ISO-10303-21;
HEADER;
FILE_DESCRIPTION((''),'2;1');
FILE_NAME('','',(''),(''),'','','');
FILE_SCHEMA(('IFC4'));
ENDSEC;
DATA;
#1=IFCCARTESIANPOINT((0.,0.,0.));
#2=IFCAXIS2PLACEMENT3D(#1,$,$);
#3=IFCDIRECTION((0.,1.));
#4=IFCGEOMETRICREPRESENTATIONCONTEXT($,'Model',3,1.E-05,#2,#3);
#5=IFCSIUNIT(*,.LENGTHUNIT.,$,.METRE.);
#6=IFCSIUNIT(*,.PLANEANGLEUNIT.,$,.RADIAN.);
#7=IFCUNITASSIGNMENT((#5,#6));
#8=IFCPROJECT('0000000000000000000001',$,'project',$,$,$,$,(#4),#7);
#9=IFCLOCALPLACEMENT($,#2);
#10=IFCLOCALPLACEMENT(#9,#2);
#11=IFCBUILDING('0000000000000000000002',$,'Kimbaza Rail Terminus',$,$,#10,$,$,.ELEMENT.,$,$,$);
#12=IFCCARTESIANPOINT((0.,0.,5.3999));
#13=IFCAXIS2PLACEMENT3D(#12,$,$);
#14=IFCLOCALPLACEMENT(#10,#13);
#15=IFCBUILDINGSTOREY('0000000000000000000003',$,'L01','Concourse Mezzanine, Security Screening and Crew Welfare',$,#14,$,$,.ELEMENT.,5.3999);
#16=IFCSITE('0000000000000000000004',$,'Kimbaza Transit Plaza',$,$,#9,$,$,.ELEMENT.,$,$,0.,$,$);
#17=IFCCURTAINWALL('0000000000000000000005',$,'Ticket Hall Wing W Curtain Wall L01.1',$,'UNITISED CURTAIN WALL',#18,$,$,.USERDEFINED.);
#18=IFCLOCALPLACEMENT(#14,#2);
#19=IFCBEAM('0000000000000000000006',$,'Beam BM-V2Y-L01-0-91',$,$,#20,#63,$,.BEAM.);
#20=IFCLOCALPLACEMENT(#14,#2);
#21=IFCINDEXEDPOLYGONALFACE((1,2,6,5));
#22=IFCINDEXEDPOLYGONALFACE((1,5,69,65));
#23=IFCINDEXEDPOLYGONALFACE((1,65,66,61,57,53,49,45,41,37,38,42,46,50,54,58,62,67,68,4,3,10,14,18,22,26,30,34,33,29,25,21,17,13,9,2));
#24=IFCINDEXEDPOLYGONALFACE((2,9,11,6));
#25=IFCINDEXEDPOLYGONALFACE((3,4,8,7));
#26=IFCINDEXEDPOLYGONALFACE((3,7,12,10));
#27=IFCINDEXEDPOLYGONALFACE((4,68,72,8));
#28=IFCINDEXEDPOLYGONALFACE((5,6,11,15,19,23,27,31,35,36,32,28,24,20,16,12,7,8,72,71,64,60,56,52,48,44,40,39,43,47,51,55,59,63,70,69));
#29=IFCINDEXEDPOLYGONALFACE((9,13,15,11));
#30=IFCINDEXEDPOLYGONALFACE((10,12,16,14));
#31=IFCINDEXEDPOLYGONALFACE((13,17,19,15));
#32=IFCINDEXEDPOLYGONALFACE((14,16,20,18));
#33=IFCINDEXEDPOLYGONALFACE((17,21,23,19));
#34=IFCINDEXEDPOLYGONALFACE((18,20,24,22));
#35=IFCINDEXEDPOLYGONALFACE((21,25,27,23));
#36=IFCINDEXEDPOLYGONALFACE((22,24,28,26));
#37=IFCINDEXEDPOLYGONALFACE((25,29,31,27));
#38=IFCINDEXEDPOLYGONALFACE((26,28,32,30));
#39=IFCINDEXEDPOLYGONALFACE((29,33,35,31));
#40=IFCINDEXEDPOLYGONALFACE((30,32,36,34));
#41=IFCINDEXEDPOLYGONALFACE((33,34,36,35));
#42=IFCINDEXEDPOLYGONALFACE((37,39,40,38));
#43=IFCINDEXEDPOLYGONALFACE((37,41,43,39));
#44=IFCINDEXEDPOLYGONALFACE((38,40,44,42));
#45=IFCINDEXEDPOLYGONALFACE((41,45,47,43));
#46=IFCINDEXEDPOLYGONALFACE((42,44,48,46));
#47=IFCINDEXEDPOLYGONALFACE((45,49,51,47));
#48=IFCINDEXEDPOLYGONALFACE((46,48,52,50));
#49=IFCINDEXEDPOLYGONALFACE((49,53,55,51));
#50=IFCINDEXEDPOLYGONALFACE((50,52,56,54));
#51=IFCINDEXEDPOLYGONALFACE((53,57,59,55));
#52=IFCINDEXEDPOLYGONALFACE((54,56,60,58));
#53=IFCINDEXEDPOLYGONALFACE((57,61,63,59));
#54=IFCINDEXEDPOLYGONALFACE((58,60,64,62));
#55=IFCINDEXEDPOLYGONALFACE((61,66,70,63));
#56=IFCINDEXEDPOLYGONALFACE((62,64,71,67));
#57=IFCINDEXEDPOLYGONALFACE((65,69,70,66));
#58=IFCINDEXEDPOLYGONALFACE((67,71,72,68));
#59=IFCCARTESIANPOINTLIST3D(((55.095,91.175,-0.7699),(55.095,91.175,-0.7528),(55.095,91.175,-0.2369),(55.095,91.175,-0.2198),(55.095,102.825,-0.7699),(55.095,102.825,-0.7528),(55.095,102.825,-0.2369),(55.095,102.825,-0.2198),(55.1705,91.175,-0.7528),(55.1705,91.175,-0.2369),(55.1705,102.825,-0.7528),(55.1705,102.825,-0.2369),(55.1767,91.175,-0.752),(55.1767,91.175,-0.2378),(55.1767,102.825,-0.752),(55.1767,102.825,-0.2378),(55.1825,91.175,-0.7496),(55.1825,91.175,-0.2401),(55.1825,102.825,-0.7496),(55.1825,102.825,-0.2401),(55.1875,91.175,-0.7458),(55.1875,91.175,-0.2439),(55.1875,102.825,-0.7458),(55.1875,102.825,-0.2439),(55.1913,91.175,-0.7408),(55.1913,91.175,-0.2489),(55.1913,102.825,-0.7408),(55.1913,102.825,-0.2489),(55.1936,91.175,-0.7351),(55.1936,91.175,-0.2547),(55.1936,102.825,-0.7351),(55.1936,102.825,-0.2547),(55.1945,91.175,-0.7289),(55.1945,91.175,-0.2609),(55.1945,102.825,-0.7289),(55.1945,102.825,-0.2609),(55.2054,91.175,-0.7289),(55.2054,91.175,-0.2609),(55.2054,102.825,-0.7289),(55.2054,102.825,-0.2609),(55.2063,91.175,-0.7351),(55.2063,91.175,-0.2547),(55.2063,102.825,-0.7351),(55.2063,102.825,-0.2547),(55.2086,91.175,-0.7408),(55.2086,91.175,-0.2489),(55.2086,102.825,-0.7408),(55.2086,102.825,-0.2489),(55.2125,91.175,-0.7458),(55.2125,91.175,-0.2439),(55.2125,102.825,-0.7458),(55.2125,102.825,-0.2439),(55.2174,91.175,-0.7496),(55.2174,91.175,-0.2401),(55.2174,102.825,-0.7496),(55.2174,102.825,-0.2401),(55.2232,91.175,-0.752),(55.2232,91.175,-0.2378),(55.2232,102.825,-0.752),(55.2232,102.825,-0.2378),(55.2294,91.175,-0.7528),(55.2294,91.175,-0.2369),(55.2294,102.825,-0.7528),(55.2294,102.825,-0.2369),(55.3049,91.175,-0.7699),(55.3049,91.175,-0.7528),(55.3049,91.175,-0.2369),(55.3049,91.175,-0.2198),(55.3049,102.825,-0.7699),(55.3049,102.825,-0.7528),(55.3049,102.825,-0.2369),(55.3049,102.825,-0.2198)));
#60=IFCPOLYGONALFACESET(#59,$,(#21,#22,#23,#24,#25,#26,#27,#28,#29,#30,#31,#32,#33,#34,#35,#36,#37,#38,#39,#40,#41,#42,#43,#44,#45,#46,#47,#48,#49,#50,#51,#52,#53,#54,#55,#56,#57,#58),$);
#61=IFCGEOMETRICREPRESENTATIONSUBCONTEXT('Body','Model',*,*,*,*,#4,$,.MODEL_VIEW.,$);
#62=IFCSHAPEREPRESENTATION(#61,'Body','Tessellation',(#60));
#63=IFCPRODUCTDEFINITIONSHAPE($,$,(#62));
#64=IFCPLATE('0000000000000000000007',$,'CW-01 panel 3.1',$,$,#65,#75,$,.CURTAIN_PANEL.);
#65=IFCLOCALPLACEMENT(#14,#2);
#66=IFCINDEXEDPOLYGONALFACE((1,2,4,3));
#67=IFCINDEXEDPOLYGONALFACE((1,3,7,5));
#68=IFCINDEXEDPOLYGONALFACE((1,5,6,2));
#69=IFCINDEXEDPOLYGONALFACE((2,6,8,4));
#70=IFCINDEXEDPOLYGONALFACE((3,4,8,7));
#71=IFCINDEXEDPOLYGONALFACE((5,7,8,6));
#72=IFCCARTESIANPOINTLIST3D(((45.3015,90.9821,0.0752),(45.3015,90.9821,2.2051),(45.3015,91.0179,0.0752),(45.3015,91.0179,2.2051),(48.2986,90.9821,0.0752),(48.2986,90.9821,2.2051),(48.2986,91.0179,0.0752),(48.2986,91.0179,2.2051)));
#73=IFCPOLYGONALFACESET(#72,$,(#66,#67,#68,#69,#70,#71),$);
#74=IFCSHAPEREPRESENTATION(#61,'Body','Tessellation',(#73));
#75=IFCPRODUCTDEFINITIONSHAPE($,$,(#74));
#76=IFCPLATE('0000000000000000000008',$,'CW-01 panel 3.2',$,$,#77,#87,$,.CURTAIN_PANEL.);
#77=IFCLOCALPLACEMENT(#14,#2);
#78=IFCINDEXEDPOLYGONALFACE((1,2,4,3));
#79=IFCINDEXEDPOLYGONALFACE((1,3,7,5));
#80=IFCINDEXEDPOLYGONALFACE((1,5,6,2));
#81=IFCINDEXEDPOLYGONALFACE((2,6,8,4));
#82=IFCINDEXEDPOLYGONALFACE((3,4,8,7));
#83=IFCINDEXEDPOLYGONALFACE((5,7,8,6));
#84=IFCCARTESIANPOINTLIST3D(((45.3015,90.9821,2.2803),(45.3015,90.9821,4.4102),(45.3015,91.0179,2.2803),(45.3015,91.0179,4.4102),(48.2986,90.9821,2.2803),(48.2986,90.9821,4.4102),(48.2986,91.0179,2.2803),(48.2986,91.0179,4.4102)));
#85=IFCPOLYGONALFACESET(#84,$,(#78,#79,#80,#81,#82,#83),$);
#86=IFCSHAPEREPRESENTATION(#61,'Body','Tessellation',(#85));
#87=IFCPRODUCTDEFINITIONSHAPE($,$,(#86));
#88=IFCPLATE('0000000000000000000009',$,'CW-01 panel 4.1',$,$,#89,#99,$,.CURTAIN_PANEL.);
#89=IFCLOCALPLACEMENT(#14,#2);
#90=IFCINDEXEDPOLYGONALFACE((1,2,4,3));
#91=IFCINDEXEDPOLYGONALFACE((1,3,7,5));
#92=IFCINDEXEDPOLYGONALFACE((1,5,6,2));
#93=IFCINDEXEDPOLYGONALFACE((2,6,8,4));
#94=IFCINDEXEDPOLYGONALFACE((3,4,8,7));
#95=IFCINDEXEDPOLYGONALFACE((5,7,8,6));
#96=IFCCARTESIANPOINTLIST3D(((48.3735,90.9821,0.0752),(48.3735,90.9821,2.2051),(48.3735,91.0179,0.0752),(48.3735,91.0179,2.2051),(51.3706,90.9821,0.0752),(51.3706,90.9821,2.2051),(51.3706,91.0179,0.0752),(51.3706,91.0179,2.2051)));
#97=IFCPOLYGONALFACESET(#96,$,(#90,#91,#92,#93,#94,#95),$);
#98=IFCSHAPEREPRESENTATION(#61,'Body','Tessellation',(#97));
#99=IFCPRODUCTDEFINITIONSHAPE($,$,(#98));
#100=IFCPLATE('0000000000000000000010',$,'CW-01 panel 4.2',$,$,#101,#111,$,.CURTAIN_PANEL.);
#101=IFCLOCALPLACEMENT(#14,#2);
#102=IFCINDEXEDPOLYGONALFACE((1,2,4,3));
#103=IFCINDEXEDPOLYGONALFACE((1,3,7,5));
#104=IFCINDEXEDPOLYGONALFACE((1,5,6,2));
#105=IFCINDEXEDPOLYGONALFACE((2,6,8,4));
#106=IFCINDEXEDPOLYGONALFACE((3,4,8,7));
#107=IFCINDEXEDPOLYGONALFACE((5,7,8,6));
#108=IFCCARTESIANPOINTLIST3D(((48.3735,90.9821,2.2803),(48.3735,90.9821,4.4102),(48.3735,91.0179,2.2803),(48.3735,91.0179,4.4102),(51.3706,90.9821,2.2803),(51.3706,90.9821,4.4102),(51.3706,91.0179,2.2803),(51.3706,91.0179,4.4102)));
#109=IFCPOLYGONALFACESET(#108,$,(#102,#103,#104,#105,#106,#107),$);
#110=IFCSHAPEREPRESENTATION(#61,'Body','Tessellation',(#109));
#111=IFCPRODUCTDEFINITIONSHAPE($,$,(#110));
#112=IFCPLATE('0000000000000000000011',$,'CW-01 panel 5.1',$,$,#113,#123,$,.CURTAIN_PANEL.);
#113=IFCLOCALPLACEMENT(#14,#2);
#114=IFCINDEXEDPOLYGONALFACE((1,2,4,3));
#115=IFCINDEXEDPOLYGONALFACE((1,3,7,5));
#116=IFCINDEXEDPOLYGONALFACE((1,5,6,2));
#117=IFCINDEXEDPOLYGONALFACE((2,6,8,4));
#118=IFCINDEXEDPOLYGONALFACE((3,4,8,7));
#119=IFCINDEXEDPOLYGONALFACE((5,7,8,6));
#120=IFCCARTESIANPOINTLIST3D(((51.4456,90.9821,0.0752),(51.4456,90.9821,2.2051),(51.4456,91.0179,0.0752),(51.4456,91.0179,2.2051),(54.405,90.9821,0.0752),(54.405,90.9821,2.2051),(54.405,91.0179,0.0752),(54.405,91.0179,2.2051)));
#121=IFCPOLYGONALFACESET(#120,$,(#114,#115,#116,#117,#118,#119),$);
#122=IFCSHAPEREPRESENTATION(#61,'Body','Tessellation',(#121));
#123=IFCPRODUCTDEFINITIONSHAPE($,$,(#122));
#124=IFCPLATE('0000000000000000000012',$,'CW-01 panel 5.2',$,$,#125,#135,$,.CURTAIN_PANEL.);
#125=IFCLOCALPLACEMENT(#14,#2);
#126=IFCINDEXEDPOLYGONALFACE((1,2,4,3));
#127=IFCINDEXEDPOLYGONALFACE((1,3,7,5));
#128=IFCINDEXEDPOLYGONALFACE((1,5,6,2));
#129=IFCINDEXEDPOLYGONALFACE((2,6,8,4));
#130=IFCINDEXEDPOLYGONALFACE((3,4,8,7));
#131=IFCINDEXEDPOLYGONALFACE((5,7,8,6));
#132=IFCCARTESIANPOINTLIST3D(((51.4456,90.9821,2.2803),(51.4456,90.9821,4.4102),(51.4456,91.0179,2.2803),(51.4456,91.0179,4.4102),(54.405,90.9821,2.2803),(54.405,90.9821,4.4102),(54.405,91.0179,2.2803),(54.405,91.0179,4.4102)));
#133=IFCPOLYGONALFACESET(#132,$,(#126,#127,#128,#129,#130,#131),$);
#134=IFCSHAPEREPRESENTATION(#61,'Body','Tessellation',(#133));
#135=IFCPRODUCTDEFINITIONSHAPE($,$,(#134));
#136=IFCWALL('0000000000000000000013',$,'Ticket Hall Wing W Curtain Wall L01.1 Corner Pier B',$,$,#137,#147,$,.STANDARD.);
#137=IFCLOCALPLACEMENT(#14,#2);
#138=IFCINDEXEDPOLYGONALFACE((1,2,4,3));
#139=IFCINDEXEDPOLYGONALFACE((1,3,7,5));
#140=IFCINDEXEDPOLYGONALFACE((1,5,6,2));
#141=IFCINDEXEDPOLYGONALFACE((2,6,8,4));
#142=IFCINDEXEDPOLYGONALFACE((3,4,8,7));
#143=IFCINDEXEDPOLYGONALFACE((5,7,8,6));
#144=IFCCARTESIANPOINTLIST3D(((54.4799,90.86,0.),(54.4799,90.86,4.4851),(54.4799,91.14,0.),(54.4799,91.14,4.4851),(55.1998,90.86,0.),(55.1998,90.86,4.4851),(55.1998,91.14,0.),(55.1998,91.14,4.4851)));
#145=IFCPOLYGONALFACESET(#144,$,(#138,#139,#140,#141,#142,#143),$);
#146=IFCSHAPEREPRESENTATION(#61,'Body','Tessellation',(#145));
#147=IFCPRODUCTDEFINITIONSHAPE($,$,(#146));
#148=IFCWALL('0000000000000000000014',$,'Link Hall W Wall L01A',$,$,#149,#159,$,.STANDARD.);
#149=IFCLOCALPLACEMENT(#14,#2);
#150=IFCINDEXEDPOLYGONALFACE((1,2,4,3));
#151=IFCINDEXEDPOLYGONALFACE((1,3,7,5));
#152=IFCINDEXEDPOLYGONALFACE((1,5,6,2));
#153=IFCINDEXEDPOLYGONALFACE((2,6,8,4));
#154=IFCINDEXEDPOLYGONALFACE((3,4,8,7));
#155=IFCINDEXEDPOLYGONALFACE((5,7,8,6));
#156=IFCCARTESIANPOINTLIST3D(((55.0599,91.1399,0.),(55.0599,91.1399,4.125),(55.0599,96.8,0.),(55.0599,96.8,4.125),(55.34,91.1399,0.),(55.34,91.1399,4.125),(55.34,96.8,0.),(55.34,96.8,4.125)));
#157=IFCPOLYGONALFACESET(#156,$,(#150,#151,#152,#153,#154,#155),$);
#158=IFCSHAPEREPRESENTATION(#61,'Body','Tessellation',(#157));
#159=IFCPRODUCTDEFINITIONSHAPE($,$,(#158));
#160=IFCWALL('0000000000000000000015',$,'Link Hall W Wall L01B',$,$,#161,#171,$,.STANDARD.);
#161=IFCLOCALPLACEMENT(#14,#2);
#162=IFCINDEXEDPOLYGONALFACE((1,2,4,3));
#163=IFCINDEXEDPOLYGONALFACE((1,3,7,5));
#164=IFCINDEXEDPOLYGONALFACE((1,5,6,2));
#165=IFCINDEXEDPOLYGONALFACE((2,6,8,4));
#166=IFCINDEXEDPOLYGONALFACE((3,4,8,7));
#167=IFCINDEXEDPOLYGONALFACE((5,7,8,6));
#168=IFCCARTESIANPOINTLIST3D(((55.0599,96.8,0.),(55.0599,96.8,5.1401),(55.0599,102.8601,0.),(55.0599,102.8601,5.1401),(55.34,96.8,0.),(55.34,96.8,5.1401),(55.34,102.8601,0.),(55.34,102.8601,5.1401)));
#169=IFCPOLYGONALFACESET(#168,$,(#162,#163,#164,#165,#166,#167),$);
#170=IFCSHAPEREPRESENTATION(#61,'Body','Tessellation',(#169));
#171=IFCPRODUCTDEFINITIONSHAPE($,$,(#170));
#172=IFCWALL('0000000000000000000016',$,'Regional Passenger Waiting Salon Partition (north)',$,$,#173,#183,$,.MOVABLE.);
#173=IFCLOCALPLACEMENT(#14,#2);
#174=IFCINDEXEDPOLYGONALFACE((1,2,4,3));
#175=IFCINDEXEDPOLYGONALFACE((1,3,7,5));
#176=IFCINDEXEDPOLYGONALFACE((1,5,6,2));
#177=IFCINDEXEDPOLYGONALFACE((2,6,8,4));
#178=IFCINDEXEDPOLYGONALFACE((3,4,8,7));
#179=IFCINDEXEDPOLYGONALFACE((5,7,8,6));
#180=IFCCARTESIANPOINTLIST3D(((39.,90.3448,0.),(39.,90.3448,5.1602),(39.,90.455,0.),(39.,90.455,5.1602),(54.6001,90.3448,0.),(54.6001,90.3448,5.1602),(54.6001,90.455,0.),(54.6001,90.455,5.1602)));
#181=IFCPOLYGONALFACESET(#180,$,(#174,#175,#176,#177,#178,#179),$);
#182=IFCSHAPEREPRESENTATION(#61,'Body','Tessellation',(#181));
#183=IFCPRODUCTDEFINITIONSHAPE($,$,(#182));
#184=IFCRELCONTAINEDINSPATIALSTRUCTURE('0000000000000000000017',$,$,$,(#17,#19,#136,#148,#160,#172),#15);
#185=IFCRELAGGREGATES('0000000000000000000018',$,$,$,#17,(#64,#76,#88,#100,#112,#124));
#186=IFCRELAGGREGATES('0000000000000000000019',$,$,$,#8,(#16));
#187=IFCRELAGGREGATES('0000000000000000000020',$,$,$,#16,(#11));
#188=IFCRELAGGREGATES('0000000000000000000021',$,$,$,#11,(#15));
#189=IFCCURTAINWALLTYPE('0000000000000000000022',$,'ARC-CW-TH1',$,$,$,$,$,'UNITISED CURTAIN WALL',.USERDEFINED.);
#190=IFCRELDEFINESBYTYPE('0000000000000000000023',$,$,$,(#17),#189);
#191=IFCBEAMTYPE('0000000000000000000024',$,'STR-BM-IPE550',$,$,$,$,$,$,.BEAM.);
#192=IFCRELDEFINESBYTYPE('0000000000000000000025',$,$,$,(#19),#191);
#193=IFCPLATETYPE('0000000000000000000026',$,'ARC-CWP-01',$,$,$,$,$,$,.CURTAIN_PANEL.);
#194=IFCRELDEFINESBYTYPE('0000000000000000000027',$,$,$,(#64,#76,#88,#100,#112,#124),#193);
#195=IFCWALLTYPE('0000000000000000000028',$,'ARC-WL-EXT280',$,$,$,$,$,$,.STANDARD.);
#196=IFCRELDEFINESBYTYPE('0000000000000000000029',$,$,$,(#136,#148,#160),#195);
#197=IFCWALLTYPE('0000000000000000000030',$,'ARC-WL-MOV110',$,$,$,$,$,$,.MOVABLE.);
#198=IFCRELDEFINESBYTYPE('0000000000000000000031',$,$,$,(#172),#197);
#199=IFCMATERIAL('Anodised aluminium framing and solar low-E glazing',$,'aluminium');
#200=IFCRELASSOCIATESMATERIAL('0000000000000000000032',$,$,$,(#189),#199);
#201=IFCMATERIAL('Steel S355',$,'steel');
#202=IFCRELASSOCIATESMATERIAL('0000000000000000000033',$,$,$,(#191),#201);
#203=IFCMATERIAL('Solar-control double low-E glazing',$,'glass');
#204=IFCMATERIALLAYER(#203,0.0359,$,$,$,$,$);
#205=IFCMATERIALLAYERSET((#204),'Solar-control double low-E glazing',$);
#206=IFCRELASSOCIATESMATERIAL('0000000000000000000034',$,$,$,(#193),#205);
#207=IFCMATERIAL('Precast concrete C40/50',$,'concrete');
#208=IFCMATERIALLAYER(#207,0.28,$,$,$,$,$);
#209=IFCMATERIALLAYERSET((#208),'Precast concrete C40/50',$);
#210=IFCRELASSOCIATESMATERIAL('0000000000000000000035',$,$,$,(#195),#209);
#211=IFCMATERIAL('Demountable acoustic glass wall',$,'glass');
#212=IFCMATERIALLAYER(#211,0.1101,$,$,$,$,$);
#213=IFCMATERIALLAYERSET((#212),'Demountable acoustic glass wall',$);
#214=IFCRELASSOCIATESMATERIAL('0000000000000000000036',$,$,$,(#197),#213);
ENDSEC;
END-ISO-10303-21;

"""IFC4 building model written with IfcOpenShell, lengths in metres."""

from ifc_helpers import new_model, si_unit, direction, frame, frame_2d, origin, origin_2d, place, context, subcontext, project, spatial, rectangle, i_section, extrude, material, layer, layer_set, material_profile, profile_set, type_object, element, aggregate, save


model = new_model("IFC4")

# Units and contexts
model_context = context("Model", 3, precision=1e-05, world=origin(), true_north=direction((0.0, 1.0)))
body_context = subcontext(model_context, "Body", "Model", "MODEL_VIEW")
ifc_project = project(units=[si_unit("LENGTHUNIT", "METRE"), si_unit("PLANEANGLEUNIT", "RADIAN")], contexts=[model_context])

# Site, building, storey
site_placement = place(None, origin())
site = spatial("IfcSite", under=ifc_project, at=site_placement, Name="Kimbaza Transit Plaza", CompositionType="ELEMENT", RefElevation=0.0)
building_placement = place(site_placement, origin())
building = spatial("IfcBuilding", under=site, at=building_placement, Name="Kimbaza Rail Terminus", CompositionType="ELEMENT")
storey_placement = place(building_placement, frame((0.0, 0.0, 5.3999)))
storey = spatial("IfcBuildingStorey", under=building, at=storey_placement, Name="L01", Description="Concourse Mezzanine, Security Screening and Crew Welfare", CompositionType="ELEMENT", Elevation=5.3999)

# Curtain wall
ifc_material_1 = material(Name="Anodised aluminium framing and solar low-E glazing", Category="aluminium")
curtain_wall_type = type_object("IfcCurtainWallType", Name="ARC-CW-TH1", ElementType="UNITISED CURTAIN WALL", PredefinedType="USERDEFINED", material=ifc_material_1)
curtain_wall_placement = place(storey_placement, origin())
curtain_wall = element("IfcCurtainWall", 1, at=curtain_wall_placement, inside=storey, type_object=curtain_wall_type, Name="Ticket Hall Wing W Curtain Wall L01.1", ObjectType="UNITISED CURTAIN WALL", PredefinedType="USERDEFINED")

# Beam
ifc_material_2 = material(Name="Steel S355", Category="steel")
ifc_material_profile_1 = material_profile(ifc_material_2, i_section(OverallWidth=0.21, OverallDepth=0.55, WebThickness=0.011, FlangeThickness=0.0171, FilletRadius=0.0239, at=origin_2d()), Name="IPE 550")
ifc_profile_set_1 = profile_set([ifc_material_profile_1], Name="Steel S355")
beam_type_1 = type_object("IfcBeamType", Name="STR-BM-IPE550", PredefinedType="BEAM", material=ifc_profile_set_1)
beam_1_placement = place(storey_placement, frame((55.2, 91.175, -0.4949), z_axis=(0.0, 1.0, 0.0), x_axis=(-1.0, 0.0, 0.0)))
element("IfcBeam", 2, at=beam_1_placement, inside=storey, type_object=beam_type_1, Name="Beam BM-V2Y-L01-0-91", PredefinedType="BEAM", context=body_context, shape_type="SweptSolid", body=[
    extrude(i_section(OverallWidth=0.21, OverallDepth=0.55, WebThickness=0.011, FlangeThickness=0.0171, FilletRadius=0.0239, at=origin_2d()), origin(), (0.0, 0.0, 1.0), 11.6499),
])

# Plates
ifc_material_3 = material(Name="Solar-control double low-E glazing", Category="glass")
ifc_layer_1 = layer(ifc_material_3, 0.0359)
ifc_layer_set_1 = layer_set([ifc_layer_1], Name="Solar-control double low-E glazing")
plate_type = type_object("IfcPlateType", Name="ARC-CWP-01", PredefinedType="CURTAIN_PANEL", material=ifc_layer_set_1)
plate_1_placement = place(storey_placement, frame((46.8, 91.0, 0.0752), z_axis=(0.0, 0.0, 1.0), x_axis=(1.0, 0.0, 0.0)))
plate_1 = element("IfcPlate", 3, at=plate_1_placement, type_object=plate_type, Name="CW-01 panel 3.1", PredefinedType="CURTAIN_PANEL", context=body_context, shape_type="SweptSolid", body=[
    extrude(rectangle(XDim=2.9971, YDim=0.0359, at=origin_2d()), origin(), (0.0, 0.0, 1.0), 2.1299),
])
plate_2_placement = place(storey_placement, frame((46.8, 91.0, 2.2803), z_axis=(0.0, 0.0, 1.0), x_axis=(1.0, 0.0, 0.0)))
plate_2 = element("IfcPlate", 4, at=plate_2_placement, type_object=plate_type, Name="CW-01 panel 3.2", PredefinedType="CURTAIN_PANEL", context=body_context, shape_type="SweptSolid", body=[
    extrude(rectangle(XDim=2.9971, YDim=0.0359, at=origin_2d()), origin(), (0.0, 0.0, 1.0), 2.1299),
])
plate_3_placement = place(storey_placement, frame((49.8721, 91.0, 0.0752), z_axis=(0.0, 0.0, 1.0), x_axis=(1.0, 0.0, 0.0)))
plate_3 = element("IfcPlate", 5, at=plate_3_placement, type_object=plate_type, Name="CW-01 panel 4.1", PredefinedType="CURTAIN_PANEL", context=body_context, shape_type="SweptSolid", body=[
    extrude(rectangle(XDim=2.9971, YDim=0.0359, at=origin_2d()), origin(), (0.0, 0.0, 1.0), 2.1299),
])
plate_4_placement = place(storey_placement, frame((49.8721, 91.0, 2.2803), z_axis=(0.0, 0.0, 1.0), x_axis=(1.0, 0.0, 0.0)))
plate_4 = element("IfcPlate", 6, at=plate_4_placement, type_object=plate_type, Name="CW-01 panel 4.2", PredefinedType="CURTAIN_PANEL", context=body_context, shape_type="SweptSolid", body=[
    extrude(rectangle(XDim=2.9971, YDim=0.0359, at=origin_2d()), origin(), (0.0, 0.0, 1.0), 2.1299),
])
plate_5_placement = place(storey_placement, frame((52.9253, 91.0, 0.0752), z_axis=(0.0, 0.0, 1.0), x_axis=(1.0, 0.0, 0.0)))
plate_5 = element("IfcPlate", 7, at=plate_5_placement, type_object=plate_type, Name="CW-01 panel 5.1", PredefinedType="CURTAIN_PANEL", context=body_context, shape_type="SweptSolid", body=[
    extrude(rectangle(XDim=2.9595, YDim=0.0359, at=origin_2d()), origin(), (0.0, 0.0, 1.0), 2.1299),
])
plate_6_placement = place(storey_placement, frame((52.9253, 91.0, 2.2803), z_axis=(0.0, 0.0, 1.0), x_axis=(1.0, 0.0, 0.0)))
plate_6 = element("IfcPlate", 8, at=plate_6_placement, type_object=plate_type, Name="CW-01 panel 5.2", PredefinedType="CURTAIN_PANEL", context=body_context, shape_type="SweptSolid", body=[
    extrude(rectangle(XDim=2.9595, YDim=0.0359, at=origin_2d()), origin(), (0.0, 0.0, 1.0), 2.1299),
])
aggregate(curtain_wall, [plate_1, plate_2, plate_3, plate_4, plate_5, plate_6])

# Walls
ifc_material_4 = material(Name="Precast concrete C40/50", Category="concrete")
ifc_layer_2 = layer(ifc_material_4, 0.28)
ifc_layer_set_2 = layer_set([ifc_layer_2], Name="Precast concrete C40/50")
wall_type_1 = type_object("IfcWallType", Name="ARC-WL-EXT280", PredefinedType="STANDARD", material=ifc_layer_set_2)
wall_1_placement = place(storey_placement, frame((54.48, 91.0, 0.0), z_axis=(0.0, 0.0, 1.0), x_axis=(1.0, 0.0, 0.0)))
element("IfcWall", 9, at=wall_1_placement, inside=storey, type_object=wall_type_1, Name="Ticket Hall Wing W Curtain Wall L01.1 Corner Pier B", PredefinedType="STANDARD", context=body_context, shape_type="SweptSolid", body=[
    extrude(rectangle(XDim=0.72, YDim=0.28, at=frame_2d((0.3599, 0.0))), origin(), (0.0, 0.0, 1.0), 4.4851),
])
wall_2_placement = place(storey_placement, frame((55.2, 91.1399, 0.0), z_axis=(0.0, 0.0, 1.0), x_axis=(0.0, 1.0, 0.0)))
element("IfcWall", 10, at=wall_2_placement, inside=storey, type_object=wall_type_1, Name="Link Hall W Wall L01A", PredefinedType="STANDARD", context=body_context, shape_type="SweptSolid", body=[
    extrude(rectangle(XDim=5.6602, YDim=0.28, at=frame_2d((2.8301, 0.0))), origin(), (0.0, 0.0, 1.0), 4.125),
])
wall_3_placement = place(storey_placement, frame((55.2, 96.8, 0.0), z_axis=(0.0, 0.0, 1.0), x_axis=(0.0, 1.0, 0.0)))
element("IfcWall", 11, at=wall_3_placement, inside=storey, type_object=wall_type_1, Name="Link Hall W Wall L01B", PredefinedType="STANDARD", context=body_context, shape_type="SweptSolid", body=[
    extrude(rectangle(XDim=6.0601, YDim=0.28, at=frame_2d((3.03, 0.0))), origin(), (0.0, 0.0, 1.0), 5.1401),
])
ifc_material_5 = material(Name="Demountable acoustic glass wall", Category="glass")
ifc_layer_3 = layer(ifc_material_5, 0.1101)
ifc_layer_set_3 = layer_set([ifc_layer_3], Name="Demountable acoustic glass wall")
wall_type_2 = type_object("IfcWallType", Name="ARC-WL-MOV110", PredefinedType="MOVABLE", material=ifc_layer_set_3)
wall_4_placement = place(storey_placement, frame((54.6001, 90.3999, 0.0), z_axis=(0.0, 0.0, 1.0), x_axis=(-1.0, 0.0, 0.0)))
element("IfcWall", 12, at=wall_4_placement, inside=storey, type_object=wall_type_2, Name="Regional Passenger Waiting Salon Partition (north)", PredefinedType="MOVABLE", context=body_context, shape_type="SweptSolid", body=[
    extrude(rectangle(XDim=15.6001, YDim=0.1101, at=frame_2d((7.8, 0.0))), origin(), (0.0, 0.0, 1.0), 5.1602),
])

save(model, "model.ifc")
